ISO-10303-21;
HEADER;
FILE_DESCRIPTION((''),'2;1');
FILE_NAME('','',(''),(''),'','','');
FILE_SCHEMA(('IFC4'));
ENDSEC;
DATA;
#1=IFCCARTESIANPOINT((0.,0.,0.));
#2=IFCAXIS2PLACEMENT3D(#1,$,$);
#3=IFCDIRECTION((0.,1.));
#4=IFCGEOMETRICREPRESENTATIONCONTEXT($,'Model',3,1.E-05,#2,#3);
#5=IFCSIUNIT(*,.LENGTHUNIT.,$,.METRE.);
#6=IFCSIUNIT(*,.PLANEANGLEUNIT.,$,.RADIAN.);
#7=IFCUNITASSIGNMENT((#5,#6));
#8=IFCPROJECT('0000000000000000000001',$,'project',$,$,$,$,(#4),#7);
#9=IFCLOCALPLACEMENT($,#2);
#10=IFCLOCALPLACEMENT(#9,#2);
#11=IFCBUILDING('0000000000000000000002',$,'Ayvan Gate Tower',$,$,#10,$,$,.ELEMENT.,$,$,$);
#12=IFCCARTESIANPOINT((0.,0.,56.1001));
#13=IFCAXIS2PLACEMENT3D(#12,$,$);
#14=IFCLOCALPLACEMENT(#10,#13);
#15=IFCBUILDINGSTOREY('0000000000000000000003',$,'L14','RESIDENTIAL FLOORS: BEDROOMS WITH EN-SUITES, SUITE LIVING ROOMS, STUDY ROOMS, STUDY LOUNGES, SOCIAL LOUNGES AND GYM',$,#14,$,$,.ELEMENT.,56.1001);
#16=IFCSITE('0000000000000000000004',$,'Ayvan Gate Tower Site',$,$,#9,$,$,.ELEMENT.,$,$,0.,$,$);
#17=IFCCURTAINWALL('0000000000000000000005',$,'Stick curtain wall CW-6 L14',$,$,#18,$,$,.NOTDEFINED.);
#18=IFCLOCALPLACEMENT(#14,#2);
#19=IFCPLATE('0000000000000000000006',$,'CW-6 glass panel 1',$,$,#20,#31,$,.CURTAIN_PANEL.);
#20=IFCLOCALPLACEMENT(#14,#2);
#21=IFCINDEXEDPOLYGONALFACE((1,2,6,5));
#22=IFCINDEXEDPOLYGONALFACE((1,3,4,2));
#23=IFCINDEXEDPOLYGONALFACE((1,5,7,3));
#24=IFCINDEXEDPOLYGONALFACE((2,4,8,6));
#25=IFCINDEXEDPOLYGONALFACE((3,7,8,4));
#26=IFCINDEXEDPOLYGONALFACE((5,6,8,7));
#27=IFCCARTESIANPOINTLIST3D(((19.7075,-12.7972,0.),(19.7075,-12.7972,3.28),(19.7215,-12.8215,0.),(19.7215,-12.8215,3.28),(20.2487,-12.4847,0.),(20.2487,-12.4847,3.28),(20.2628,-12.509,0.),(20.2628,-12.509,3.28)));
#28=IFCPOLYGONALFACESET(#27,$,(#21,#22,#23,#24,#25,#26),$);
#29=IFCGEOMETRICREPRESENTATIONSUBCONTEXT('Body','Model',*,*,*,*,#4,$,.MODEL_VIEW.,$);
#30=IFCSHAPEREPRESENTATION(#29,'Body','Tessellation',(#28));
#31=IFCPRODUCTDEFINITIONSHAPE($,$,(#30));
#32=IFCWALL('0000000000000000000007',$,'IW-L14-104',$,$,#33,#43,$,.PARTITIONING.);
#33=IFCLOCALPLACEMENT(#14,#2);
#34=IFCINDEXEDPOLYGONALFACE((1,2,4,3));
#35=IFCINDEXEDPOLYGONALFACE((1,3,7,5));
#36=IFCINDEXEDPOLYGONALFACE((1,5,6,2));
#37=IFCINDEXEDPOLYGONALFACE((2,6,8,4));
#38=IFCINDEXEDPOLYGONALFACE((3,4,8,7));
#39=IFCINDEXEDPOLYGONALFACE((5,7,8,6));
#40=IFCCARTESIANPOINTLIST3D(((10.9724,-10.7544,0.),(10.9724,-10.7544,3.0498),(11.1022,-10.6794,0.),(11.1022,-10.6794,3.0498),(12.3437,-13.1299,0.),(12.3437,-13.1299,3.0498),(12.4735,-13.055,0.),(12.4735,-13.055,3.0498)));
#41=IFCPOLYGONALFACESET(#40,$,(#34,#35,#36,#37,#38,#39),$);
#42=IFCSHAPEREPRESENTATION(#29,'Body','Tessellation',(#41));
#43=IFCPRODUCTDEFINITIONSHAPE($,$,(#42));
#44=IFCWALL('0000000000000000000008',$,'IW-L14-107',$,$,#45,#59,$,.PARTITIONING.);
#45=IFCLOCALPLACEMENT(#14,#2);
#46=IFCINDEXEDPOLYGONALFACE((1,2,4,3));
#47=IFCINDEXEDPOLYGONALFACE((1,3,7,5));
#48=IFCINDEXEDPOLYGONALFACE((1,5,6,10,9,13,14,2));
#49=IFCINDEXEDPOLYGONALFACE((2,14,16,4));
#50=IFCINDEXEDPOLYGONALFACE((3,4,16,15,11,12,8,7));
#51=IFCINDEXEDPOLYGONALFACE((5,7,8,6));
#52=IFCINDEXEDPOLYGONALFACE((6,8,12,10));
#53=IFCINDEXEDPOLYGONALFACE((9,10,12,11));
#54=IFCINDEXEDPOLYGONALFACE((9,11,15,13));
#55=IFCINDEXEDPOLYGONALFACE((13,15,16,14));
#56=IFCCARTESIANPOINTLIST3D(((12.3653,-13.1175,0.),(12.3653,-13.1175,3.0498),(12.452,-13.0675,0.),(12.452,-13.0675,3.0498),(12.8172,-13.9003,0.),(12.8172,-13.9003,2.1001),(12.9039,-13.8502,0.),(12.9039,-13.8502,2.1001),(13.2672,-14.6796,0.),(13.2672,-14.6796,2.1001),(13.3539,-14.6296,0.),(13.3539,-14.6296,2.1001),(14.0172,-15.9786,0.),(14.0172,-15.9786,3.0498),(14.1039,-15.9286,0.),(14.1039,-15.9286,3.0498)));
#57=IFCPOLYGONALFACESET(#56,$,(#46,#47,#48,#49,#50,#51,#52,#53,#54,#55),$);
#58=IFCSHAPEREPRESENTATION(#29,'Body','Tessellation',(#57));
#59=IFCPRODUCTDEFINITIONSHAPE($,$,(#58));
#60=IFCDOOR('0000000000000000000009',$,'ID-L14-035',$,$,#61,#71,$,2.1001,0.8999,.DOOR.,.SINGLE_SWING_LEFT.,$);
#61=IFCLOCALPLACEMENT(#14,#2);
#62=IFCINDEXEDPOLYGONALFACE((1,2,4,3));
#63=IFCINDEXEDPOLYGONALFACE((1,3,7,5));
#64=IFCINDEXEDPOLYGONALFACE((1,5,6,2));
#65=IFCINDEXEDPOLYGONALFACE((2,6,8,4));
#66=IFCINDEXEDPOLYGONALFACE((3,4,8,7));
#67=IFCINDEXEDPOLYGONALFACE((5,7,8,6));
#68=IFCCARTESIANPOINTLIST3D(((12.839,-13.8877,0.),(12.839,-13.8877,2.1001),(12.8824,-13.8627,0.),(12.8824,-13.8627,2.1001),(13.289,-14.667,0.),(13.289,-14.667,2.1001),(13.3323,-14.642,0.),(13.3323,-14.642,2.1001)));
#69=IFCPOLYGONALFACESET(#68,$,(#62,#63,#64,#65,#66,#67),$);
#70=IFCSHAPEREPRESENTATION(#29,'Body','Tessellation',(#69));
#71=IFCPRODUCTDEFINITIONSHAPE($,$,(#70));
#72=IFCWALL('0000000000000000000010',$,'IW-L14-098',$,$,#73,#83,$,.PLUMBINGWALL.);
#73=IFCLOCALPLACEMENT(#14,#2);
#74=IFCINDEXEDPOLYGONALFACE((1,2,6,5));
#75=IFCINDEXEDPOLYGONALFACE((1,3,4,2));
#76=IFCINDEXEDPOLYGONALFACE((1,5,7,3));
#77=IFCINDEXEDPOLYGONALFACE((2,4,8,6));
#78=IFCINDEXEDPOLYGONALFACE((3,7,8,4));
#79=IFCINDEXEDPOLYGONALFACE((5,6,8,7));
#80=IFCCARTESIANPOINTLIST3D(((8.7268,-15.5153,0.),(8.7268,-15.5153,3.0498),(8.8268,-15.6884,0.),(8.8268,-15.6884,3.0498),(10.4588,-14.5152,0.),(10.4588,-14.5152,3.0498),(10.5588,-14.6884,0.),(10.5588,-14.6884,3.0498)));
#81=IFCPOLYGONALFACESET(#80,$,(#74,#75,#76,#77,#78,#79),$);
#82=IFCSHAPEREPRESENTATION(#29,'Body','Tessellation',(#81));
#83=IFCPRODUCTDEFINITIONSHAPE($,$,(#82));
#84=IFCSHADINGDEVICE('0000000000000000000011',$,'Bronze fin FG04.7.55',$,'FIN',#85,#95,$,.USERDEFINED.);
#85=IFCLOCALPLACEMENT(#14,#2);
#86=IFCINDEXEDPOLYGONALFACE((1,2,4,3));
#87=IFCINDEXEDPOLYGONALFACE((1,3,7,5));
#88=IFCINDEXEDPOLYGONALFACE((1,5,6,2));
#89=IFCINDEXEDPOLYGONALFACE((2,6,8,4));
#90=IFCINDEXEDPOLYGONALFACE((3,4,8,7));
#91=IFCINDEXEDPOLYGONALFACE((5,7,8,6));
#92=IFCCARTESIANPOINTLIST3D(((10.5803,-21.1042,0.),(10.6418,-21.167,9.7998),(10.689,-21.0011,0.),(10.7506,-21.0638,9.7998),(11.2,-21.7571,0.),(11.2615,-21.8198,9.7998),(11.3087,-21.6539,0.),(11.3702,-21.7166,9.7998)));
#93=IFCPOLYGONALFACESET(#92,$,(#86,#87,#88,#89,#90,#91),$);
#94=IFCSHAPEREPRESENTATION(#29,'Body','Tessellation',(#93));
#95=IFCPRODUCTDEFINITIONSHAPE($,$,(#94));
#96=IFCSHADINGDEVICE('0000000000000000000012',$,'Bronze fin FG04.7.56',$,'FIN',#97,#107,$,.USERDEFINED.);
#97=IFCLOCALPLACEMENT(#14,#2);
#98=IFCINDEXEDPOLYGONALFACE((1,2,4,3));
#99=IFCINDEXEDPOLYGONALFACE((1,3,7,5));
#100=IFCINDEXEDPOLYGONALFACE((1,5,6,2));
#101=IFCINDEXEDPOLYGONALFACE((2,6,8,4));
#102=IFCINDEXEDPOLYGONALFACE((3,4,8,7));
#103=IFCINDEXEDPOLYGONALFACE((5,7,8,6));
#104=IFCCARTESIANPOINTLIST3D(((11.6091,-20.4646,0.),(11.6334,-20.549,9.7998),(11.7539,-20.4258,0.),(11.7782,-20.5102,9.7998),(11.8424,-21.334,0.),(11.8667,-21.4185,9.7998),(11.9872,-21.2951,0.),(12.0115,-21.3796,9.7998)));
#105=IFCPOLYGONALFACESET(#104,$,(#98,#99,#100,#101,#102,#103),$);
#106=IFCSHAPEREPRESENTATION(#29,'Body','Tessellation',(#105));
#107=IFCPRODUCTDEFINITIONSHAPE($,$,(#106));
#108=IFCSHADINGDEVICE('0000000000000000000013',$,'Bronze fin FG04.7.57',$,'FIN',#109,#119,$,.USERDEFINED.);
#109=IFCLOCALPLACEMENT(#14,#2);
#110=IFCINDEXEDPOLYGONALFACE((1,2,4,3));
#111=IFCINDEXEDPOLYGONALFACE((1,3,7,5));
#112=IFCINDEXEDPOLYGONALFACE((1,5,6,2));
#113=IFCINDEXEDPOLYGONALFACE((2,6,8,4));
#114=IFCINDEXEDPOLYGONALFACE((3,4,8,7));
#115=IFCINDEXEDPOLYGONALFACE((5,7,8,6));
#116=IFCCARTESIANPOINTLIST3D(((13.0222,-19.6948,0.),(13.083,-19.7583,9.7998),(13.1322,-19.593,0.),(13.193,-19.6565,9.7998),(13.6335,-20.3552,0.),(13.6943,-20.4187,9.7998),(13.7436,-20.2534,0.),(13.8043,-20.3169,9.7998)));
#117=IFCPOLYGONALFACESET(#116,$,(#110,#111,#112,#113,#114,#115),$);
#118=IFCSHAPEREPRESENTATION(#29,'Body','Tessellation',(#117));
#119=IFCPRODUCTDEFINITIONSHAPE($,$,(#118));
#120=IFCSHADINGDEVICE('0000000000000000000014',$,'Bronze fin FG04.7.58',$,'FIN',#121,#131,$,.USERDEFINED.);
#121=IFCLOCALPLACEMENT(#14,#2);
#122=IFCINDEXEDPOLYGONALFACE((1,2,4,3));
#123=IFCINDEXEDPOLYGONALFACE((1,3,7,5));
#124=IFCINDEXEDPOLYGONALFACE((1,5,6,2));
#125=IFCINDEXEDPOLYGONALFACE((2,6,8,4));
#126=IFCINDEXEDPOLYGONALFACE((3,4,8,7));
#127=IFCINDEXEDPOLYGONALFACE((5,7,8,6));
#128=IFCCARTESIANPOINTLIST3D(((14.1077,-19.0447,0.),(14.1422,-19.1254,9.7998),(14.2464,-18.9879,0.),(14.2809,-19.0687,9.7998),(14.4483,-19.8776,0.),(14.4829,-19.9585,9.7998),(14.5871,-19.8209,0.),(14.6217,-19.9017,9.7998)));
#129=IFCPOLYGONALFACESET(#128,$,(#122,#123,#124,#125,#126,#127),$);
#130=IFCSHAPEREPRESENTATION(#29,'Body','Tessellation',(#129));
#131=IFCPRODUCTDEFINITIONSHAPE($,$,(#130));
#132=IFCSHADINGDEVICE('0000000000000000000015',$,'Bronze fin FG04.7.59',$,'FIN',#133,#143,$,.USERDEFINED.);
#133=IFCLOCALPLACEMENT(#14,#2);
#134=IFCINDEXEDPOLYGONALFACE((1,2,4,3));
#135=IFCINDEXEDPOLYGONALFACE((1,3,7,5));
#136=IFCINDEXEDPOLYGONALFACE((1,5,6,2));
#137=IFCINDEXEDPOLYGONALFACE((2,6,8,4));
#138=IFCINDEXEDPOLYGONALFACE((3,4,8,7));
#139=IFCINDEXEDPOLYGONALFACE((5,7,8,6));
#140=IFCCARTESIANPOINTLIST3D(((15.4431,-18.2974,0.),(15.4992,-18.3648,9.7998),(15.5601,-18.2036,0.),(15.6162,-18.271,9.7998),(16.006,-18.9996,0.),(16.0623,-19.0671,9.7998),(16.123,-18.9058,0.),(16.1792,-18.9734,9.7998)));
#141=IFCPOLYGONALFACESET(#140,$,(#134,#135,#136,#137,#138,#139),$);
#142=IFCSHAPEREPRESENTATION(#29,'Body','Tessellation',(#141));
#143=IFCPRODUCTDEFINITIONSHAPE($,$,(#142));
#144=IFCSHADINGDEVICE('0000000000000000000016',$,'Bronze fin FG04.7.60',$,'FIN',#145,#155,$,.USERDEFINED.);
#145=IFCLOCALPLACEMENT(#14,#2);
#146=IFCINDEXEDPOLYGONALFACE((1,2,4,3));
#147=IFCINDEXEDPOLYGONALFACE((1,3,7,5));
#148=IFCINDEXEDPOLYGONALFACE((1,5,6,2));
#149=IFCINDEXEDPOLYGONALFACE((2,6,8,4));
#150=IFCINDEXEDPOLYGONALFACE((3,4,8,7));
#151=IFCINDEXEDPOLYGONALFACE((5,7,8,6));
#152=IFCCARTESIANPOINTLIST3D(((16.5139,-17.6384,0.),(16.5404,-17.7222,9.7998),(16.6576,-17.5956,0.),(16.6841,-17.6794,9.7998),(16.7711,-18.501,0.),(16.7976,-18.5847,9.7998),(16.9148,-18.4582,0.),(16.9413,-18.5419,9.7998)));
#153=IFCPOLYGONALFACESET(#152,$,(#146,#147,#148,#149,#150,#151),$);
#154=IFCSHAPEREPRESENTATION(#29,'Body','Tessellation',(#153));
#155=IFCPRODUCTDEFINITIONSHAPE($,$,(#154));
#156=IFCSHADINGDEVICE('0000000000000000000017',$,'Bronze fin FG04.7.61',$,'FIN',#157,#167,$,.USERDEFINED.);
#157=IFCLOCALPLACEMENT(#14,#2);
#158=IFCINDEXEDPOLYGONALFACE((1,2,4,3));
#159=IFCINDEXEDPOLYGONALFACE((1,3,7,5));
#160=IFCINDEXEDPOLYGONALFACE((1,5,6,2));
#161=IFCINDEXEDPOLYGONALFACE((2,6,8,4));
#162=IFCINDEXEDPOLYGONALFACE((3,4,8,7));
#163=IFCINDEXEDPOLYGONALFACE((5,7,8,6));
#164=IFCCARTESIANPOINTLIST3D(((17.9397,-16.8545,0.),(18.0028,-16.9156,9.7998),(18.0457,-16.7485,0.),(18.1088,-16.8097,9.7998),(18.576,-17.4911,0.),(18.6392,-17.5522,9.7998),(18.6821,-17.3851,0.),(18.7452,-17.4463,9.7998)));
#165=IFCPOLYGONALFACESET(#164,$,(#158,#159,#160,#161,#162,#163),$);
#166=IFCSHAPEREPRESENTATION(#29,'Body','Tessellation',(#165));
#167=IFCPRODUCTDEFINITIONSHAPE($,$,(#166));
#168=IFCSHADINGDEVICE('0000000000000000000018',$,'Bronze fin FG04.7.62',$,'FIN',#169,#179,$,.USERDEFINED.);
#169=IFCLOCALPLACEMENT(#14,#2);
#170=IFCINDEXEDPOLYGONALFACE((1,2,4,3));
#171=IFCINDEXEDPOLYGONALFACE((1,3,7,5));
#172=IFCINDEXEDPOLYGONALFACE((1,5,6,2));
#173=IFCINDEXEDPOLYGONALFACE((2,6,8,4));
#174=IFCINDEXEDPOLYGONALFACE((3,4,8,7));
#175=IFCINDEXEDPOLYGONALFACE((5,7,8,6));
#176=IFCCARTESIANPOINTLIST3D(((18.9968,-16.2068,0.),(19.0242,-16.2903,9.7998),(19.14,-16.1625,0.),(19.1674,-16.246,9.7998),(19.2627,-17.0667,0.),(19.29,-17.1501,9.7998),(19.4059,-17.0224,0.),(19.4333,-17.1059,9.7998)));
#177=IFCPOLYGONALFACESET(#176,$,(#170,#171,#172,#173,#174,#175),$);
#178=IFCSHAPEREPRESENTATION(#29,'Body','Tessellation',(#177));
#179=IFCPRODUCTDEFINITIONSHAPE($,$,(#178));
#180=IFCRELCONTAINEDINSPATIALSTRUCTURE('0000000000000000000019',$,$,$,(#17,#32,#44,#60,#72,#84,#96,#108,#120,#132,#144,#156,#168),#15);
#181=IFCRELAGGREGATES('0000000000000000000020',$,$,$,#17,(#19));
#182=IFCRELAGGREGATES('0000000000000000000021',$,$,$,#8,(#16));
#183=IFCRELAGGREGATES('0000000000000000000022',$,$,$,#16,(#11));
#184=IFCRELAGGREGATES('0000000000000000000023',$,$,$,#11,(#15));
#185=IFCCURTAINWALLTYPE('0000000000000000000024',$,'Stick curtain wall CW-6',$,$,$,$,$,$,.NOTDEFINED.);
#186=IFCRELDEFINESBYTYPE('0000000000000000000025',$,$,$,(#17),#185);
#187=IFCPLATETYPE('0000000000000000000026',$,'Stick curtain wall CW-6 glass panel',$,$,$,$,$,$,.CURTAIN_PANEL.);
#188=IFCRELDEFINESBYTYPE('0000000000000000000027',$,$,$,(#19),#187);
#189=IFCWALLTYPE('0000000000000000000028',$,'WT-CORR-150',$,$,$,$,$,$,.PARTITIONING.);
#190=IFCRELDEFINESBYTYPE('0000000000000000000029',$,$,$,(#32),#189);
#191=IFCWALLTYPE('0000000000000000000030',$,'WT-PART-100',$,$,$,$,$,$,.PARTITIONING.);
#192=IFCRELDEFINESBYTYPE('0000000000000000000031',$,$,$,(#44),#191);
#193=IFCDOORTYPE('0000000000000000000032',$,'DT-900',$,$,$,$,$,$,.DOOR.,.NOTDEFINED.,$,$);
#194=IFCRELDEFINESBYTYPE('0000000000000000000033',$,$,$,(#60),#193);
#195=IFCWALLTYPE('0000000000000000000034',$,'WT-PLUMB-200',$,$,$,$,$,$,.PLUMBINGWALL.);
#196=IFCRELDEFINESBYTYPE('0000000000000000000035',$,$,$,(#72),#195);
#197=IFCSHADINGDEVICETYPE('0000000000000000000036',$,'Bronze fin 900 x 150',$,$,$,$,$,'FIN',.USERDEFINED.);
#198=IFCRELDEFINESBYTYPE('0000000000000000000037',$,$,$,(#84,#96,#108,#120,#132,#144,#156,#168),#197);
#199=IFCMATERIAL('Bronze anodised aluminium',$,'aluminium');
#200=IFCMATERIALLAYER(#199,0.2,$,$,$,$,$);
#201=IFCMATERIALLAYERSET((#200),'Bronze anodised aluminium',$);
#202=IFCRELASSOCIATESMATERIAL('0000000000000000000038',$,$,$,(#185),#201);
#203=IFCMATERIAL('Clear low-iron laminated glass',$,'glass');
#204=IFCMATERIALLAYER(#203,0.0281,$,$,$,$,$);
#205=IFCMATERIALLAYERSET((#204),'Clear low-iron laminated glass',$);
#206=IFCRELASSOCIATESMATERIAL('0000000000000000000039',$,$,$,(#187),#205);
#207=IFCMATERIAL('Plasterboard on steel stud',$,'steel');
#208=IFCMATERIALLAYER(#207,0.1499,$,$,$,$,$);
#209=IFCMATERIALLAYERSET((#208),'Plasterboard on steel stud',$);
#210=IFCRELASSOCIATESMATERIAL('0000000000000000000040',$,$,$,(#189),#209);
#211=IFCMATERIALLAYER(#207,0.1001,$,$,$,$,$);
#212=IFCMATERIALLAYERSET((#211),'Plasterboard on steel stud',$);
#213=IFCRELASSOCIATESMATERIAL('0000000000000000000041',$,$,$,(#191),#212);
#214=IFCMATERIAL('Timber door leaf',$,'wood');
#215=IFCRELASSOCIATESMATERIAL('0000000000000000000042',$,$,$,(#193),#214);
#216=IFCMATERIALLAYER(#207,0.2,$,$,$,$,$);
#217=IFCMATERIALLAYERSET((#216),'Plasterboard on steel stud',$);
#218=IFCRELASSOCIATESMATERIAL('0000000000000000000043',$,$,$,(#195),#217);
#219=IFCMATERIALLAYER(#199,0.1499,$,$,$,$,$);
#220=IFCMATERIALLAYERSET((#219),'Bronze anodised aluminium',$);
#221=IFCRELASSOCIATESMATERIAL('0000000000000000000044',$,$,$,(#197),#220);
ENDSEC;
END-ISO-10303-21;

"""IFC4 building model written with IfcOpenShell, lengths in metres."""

from ifc_helpers import new_model, si_unit, direction, frame, frame_2d, origin, origin_2d, place, context, subcontext, project, spatial, polyline, rectangle, outline, extrude, material, layer, layer_set, type_object, element, fill, aggregate, save


model = new_model("IFC4")

# Units and contexts
model_context = context("Model", 3, precision=1e-05, world=origin(), true_north=direction((0.0, 1.0)))
body_context = subcontext(model_context, "Body", "Model", "MODEL_VIEW")
ifc_project = project(units=[si_unit("LENGTHUNIT", "METRE"), si_unit("PLANEANGLEUNIT", "RADIAN")], contexts=[model_context])

# Site, building, storey
site_placement = place(None, origin())
site = spatial("IfcSite", under=ifc_project, at=site_placement, Name="Ayvan Gate Tower Site", CompositionType="ELEMENT", RefElevation=0.0)
building_placement = place(site_placement, origin())
building = spatial("IfcBuilding", under=site, at=building_placement, Name="Ayvan Gate Tower", CompositionType="ELEMENT")
storey_placement = place(building_placement, frame((0.0, 0.0, 56.1001)))
storey = spatial("IfcBuildingStorey", under=building, at=storey_placement, Name="L14", Description="RESIDENTIAL FLOORS: BEDROOMS WITH EN-SUITES, SUITE LIVING ROOMS, STUDY ROOMS, STUDY LOUNGES, SOCIAL LOUNGES AND GYM", CompositionType="ELEMENT", Elevation=56.1001)

# Curtain wall
ifc_material_1 = material(Name="Bronze anodised aluminium", Category="aluminium")
ifc_layer_1 = layer(ifc_material_1, 0.2)
ifc_layer_set_1 = layer_set([ifc_layer_1], Name="Bronze anodised aluminium")
curtain_wall_type_1 = type_object("IfcCurtainWallType", Name="Stick curtain wall CW-6", PredefinedType="NOTDEFINED", material=ifc_layer_set_1)
curtain_wall_1_placement = place(storey_placement, origin())
curtain_wall_1 = element("IfcCurtainWall", 1, at=curtain_wall_1_placement, inside=storey, type_object=curtain_wall_type_1, Name="Stick curtain wall CW-6 L14", PredefinedType="NOTDEFINED")

# Plate
ifc_material_2 = material(Name="Clear low-iron laminated glass", Category="glass")
ifc_layer_2 = layer(ifc_material_2, 0.0281)
ifc_layer_set_2 = layer_set([ifc_layer_2], Name="Clear low-iron laminated glass")
plate_type_1 = type_object("IfcPlateType", Name="Stick curtain wall CW-6 glass panel", PredefinedType="CURTAIN_PANEL", material=ifc_layer_set_2)
plate_1_placement = place(storey_placement, frame((19.9851, -12.6531, 0.0), z_axis=(0.0, 0.0, 1.0), x_axis=(0.866025, 0.5, 0.0)))
plate_1 = element("IfcPlate", 2, at=plate_1_placement, type_object=plate_type_1, Name="CW-6 glass panel 1", PredefinedType="CURTAIN_PANEL", context=body_context, shape_type="SweptSolid", body=[
    extrude(rectangle(XDim=0.625, YDim=0.0281, at=origin_2d()), origin(), (0.0, 0.0, 1.0), 3.28),
])
aggregate(curtain_wall_1, [plate_1])

# Wall
ifc_material_3 = material(Name="Plasterboard on steel stud", Category="steel")
ifc_layer_3 = layer(ifc_material_3, 0.1499)
ifc_layer_set_3 = layer_set([ifc_layer_3], Name="Plasterboard on steel stud")
wall_type_1 = type_object("IfcWallType", Name="WT-CORR-150", PredefinedType="PARTITIONING", material=ifc_layer_set_3)
wall_1_placement = place(storey_placement, frame((12.4087, -13.0925, 0.0), z_axis=(0.0, 0.0, 1.0), x_axis=(-0.499959, 0.866049, 0.0)))
element("IfcWall", 3, at=wall_1_placement, inside=storey, type_object=wall_type_1, Name="IW-L14-104", PredefinedType="PARTITIONING", context=body_context, shape_type="SweptSolid", body=[
    extrude(rectangle(XDim=2.7429, YDim=0.1499, at=frame_2d((1.3716, 0.0))), origin(), (0.0, 0.0, 1.0), 3.0498),
])

# Wall, opening, door
ifc_layer_4 = layer(ifc_material_3, 0.1001)
ifc_layer_set_4 = layer_set([ifc_layer_4], Name="Plasterboard on steel stud")
wall_type_2 = type_object("IfcWallType", Name="WT-PART-100", PredefinedType="PARTITIONING", material=ifc_layer_set_4)
wall_2_placement = place(storey_placement, frame((14.0605, -15.9536, 0.0), z_axis=(0.0, 0.0, 1.0), x_axis=(-0.500002, 0.866024, 0.0)))
wall_2 = element("IfcWall", 4, at=wall_2_placement, inside=storey, type_object=wall_type_2, Name="IW-L14-107", PredefinedType="PARTITIONING", context=body_context, shape_type="SweptSolid", body=[
    extrude(rectangle(XDim=3.3037, YDim=0.1001, at=frame_2d((1.6519, 0.0))), origin(), (0.0, 0.0, 1.0), 3.0498),
])
opening_placement = place(wall_2_placement, frame((1.5, 0.0, 0.0)))
opening = element("IfcOpeningElement", 5, at=opening_placement, cuts=wall_2, PredefinedType="OPENING", context=body_context, shape_type="SweptSolid", body=[
    extrude(rectangle(XDim=0.8999, YDim=2.1001, at=frame_2d((0.45, 1.05))), frame((0.0, 0.0601, 0.0), z_axis=(0.0, -1.0, 0.0), x_axis=(1.0, 0.0, 0.0)), (0.0, 0.0, 1.0), 0.1201),
])
ifc_material_4 = material(Name="Timber door leaf", Category="wood")
door_type = type_object("IfcDoorType", Name="DT-900", OperationType="NOTDEFINED", PredefinedType="DOOR", material=ifc_material_4)
door_placement = place(opening_placement, origin())
door = element("IfcDoor", 6, at=door_placement, inside=storey, type_object=door_type, Name="ID-L14-035", OperationType="SINGLE_SWING_LEFT", OverallHeight=2.1001, OverallWidth=0.8999, PredefinedType="DOOR", context=body_context, shape_type="SweptSolid", body=[
    extrude(rectangle(XDim=0.8999, YDim=2.1001, at=frame_2d((0.45, 1.05))), frame((0.0, 0.0249, 0.0), z_axis=(0.0, -1.0, 0.0), x_axis=(1.0, 0.0, 0.0)), (0.0, 0.0, 1.0), 0.05),
])
fill(opening, door)

# Wall
ifc_layer_5 = layer(ifc_material_3, 0.2)
ifc_layer_set_5 = layer_set([ifc_layer_5], Name="Plasterboard on steel stud")
wall_type_3 = type_object("IfcWallType", Name="WT-PLUMB-200", PredefinedType="PLUMBINGWALL", material=ifc_layer_set_5)
wall_3_placement = place(storey_placement, frame((10.5088, -14.6018, 0.0), z_axis=(0.0, 0.0, 1.0), x_axis=(-0.866011, -0.500025, 0.0)))
element("IfcWall", 7, at=wall_3_placement, inside=storey, type_object=wall_type_3, Name="IW-L14-098", PredefinedType="PLUMBINGWALL", context=body_context, shape_type="SweptSolid", body=[
    extrude(rectangle(XDim=2.0, YDim=0.2, at=frame_2d((1.0, 0.0))), origin(), (0.0, 0.0, 1.0), 3.0498),
])

# Shading devices
ifc_layer_6 = layer(ifc_material_1, 0.1499)
ifc_layer_set_6 = layer_set([ifc_layer_6], Name="Bronze anodised aluminium")
shading_device_type = type_object("IfcShadingDeviceType", Name="Bronze fin 900 x 150", ElementType="FIN", PredefinedType="USERDEFINED", material=ifc_layer_set_6)
shading_device_1_placement = place(storey_placement, frame((10.5803, -21.1042, 0.0), z_axis=(-0.725311, -0.688421, 0.000146), x_axis=(0.688421, -0.725311, 0.0)))
element("IfcShadingDevice", 8, at=shading_device_1_placement, inside=storey, type_object=shading_device_type, Name="Bronze fin FG04.7.55", ObjectType="FIN", PredefinedType="USERDEFINED", context=body_context, shape_type="SweptSolid", body=[
    extrude(outline(polyline([(0.0, 0.0), (0.9001, 0.0), (0.9879, 9.7998), (0.0879, 9.7998), (0.0, 0.0)])), origin(), (0.0, 0.0, -1.0), 0.1499),
])
shading_device_2_placement = place(storey_placement, frame((11.6091, -20.4646, 0.0), z_axis=(-0.965835, -0.259156, 0.00016), x_axis=(0.259156, -0.965835, 0.0)))
element("IfcShadingDevice", 9, at=shading_device_2_placement, inside=storey, type_object=shading_device_type, Name="Bronze fin FG04.7.56", ObjectType="FIN", PredefinedType="USERDEFINED", context=body_context, shape_type="SweptSolid", body=[
    extrude(outline(polyline([(0.0, 0.0), (0.9001, 0.0), (0.988, 9.7998), (0.0879, 9.7998), (0.0, 0.0)])), origin(), (0.0, 0.0, -1.0), 0.1499),
])
shading_device_3_placement = place(storey_placement, frame((13.0222, -19.6948, 0.0), z_axis=(-0.733846, -0.679316, 0.000152), x_axis=(0.679316, -0.733846, 0.0)))
element("IfcShadingDevice", 10, at=shading_device_3_placement, inside=storey, type_object=shading_device_type, Name="Bronze fin FG04.7.57", ObjectType="FIN", PredefinedType="USERDEFINED", context=body_context, shape_type="SweptSolid", body=[
    extrude(outline(polyline([(0.0, 0.0), (0.8999, 0.0), (0.9878, 9.7998), (0.0879, 9.7998), (0.0, 0.0)])), origin(), (0.0, 0.0, -1.0), 0.1499),
])
shading_device_4_placement = place(storey_placement, frame((14.1077, -19.0447, 0.0), z_axis=(-0.925577, -0.378559, 0.000141), x_axis=(0.378559, -0.925577, 0.0)))
element("IfcShadingDevice", 11, at=shading_device_4_placement, inside=storey, type_object=shading_device_type, Name="Bronze fin FG04.7.58", ObjectType="FIN", PredefinedType="USERDEFINED", context=body_context, shape_type="SweptSolid", body=[
    extrude(outline(polyline([(0.0, 0.0), (0.8999, 0.0), (0.9879, 9.7998), (0.0878, 9.7998), (0.0, 0.0)])), origin(), (0.0, 0.0, -1.0), 0.1499),
])
shading_device_5_placement = place(storey_placement, frame((15.4431, -18.2974, 0.0), z_axis=(-0.780233, -0.625489, 0.000162), x_axis=(0.625489, -0.780233, 0.0)))
element("IfcShadingDevice", 12, at=shading_device_5_placement, inside=storey, type_object=shading_device_type, Name="Bronze fin FG04.7.59", ObjectType="FIN", PredefinedType="USERDEFINED", context=body_context, shape_type="SweptSolid", body=[
    extrude(outline(polyline([(0.0, 0.0), (0.9, 0.0), (0.9879, 9.7998), (0.0877, 9.7998), (0.0, 0.0)])), origin(), (0.0, 0.0, -1.0), 0.1499),
])
shading_device_6_placement = place(storey_placement, frame((16.5139, -17.6384, 0.0), z_axis=(-0.958303, -0.285755, 0.000149), x_axis=(0.285755, -0.958303, 0.0)))
element("IfcShadingDevice", 13, at=shading_device_6_placement, inside=storey, type_object=shading_device_type, Name="Bronze fin FG04.7.60", ObjectType="FIN", PredefinedType="USERDEFINED", context=body_context, shape_type="SweptSolid", body=[
    extrude(outline(polyline([(0.0, 0.0), (0.9001, 0.0), (0.9879, 9.7998), (0.0879, 9.7998), (0.0, 0.0)])), origin(), (0.0, 0.0, -1.0), 0.1499),
])
shading_device_7_placement = place(storey_placement, frame((17.9397, -16.8545, 0.0), z_axis=(-0.707242, -0.706971, 0.000143), x_axis=(0.706971, -0.707242, 0.0)))
element("IfcShadingDevice", 14, at=shading_device_7_placement, inside=storey, type_object=shading_device_type, Name="Bronze fin FG04.7.61", ObjectType="FIN", PredefinedType="USERDEFINED", context=body_context, shape_type="SweptSolid", body=[
    extrude(outline(polyline([(0.0, 0.0), (0.9001, 0.0), (0.988, 9.7998), (0.0879, 9.7998), (0.0, 0.0)])), origin(), (0.0, 0.0, -1.0), 0.1499),
])
shading_device_8_placement = place(storey_placement, frame((18.9968, -16.2068, 0.0), z_axis=(-0.955373, -0.295401, 0.000149), x_axis=(0.295401, -0.955373, 0.0)))
element("IfcShadingDevice", 15, at=shading_device_8_placement, inside=storey, type_object=shading_device_type, Name="Bronze fin FG04.7.62", ObjectType="FIN", PredefinedType="USERDEFINED", context=body_context, shape_type="SweptSolid", body=[
    extrude(outline(polyline([(0.0, 0.0), (0.9, 0.0), (0.9879, 9.7998), (0.0878, 9.7998), (0.0, 0.0)])), origin(), (0.0, 0.0, -1.0), 0.1499),
])

save(model, "model.ifc")
